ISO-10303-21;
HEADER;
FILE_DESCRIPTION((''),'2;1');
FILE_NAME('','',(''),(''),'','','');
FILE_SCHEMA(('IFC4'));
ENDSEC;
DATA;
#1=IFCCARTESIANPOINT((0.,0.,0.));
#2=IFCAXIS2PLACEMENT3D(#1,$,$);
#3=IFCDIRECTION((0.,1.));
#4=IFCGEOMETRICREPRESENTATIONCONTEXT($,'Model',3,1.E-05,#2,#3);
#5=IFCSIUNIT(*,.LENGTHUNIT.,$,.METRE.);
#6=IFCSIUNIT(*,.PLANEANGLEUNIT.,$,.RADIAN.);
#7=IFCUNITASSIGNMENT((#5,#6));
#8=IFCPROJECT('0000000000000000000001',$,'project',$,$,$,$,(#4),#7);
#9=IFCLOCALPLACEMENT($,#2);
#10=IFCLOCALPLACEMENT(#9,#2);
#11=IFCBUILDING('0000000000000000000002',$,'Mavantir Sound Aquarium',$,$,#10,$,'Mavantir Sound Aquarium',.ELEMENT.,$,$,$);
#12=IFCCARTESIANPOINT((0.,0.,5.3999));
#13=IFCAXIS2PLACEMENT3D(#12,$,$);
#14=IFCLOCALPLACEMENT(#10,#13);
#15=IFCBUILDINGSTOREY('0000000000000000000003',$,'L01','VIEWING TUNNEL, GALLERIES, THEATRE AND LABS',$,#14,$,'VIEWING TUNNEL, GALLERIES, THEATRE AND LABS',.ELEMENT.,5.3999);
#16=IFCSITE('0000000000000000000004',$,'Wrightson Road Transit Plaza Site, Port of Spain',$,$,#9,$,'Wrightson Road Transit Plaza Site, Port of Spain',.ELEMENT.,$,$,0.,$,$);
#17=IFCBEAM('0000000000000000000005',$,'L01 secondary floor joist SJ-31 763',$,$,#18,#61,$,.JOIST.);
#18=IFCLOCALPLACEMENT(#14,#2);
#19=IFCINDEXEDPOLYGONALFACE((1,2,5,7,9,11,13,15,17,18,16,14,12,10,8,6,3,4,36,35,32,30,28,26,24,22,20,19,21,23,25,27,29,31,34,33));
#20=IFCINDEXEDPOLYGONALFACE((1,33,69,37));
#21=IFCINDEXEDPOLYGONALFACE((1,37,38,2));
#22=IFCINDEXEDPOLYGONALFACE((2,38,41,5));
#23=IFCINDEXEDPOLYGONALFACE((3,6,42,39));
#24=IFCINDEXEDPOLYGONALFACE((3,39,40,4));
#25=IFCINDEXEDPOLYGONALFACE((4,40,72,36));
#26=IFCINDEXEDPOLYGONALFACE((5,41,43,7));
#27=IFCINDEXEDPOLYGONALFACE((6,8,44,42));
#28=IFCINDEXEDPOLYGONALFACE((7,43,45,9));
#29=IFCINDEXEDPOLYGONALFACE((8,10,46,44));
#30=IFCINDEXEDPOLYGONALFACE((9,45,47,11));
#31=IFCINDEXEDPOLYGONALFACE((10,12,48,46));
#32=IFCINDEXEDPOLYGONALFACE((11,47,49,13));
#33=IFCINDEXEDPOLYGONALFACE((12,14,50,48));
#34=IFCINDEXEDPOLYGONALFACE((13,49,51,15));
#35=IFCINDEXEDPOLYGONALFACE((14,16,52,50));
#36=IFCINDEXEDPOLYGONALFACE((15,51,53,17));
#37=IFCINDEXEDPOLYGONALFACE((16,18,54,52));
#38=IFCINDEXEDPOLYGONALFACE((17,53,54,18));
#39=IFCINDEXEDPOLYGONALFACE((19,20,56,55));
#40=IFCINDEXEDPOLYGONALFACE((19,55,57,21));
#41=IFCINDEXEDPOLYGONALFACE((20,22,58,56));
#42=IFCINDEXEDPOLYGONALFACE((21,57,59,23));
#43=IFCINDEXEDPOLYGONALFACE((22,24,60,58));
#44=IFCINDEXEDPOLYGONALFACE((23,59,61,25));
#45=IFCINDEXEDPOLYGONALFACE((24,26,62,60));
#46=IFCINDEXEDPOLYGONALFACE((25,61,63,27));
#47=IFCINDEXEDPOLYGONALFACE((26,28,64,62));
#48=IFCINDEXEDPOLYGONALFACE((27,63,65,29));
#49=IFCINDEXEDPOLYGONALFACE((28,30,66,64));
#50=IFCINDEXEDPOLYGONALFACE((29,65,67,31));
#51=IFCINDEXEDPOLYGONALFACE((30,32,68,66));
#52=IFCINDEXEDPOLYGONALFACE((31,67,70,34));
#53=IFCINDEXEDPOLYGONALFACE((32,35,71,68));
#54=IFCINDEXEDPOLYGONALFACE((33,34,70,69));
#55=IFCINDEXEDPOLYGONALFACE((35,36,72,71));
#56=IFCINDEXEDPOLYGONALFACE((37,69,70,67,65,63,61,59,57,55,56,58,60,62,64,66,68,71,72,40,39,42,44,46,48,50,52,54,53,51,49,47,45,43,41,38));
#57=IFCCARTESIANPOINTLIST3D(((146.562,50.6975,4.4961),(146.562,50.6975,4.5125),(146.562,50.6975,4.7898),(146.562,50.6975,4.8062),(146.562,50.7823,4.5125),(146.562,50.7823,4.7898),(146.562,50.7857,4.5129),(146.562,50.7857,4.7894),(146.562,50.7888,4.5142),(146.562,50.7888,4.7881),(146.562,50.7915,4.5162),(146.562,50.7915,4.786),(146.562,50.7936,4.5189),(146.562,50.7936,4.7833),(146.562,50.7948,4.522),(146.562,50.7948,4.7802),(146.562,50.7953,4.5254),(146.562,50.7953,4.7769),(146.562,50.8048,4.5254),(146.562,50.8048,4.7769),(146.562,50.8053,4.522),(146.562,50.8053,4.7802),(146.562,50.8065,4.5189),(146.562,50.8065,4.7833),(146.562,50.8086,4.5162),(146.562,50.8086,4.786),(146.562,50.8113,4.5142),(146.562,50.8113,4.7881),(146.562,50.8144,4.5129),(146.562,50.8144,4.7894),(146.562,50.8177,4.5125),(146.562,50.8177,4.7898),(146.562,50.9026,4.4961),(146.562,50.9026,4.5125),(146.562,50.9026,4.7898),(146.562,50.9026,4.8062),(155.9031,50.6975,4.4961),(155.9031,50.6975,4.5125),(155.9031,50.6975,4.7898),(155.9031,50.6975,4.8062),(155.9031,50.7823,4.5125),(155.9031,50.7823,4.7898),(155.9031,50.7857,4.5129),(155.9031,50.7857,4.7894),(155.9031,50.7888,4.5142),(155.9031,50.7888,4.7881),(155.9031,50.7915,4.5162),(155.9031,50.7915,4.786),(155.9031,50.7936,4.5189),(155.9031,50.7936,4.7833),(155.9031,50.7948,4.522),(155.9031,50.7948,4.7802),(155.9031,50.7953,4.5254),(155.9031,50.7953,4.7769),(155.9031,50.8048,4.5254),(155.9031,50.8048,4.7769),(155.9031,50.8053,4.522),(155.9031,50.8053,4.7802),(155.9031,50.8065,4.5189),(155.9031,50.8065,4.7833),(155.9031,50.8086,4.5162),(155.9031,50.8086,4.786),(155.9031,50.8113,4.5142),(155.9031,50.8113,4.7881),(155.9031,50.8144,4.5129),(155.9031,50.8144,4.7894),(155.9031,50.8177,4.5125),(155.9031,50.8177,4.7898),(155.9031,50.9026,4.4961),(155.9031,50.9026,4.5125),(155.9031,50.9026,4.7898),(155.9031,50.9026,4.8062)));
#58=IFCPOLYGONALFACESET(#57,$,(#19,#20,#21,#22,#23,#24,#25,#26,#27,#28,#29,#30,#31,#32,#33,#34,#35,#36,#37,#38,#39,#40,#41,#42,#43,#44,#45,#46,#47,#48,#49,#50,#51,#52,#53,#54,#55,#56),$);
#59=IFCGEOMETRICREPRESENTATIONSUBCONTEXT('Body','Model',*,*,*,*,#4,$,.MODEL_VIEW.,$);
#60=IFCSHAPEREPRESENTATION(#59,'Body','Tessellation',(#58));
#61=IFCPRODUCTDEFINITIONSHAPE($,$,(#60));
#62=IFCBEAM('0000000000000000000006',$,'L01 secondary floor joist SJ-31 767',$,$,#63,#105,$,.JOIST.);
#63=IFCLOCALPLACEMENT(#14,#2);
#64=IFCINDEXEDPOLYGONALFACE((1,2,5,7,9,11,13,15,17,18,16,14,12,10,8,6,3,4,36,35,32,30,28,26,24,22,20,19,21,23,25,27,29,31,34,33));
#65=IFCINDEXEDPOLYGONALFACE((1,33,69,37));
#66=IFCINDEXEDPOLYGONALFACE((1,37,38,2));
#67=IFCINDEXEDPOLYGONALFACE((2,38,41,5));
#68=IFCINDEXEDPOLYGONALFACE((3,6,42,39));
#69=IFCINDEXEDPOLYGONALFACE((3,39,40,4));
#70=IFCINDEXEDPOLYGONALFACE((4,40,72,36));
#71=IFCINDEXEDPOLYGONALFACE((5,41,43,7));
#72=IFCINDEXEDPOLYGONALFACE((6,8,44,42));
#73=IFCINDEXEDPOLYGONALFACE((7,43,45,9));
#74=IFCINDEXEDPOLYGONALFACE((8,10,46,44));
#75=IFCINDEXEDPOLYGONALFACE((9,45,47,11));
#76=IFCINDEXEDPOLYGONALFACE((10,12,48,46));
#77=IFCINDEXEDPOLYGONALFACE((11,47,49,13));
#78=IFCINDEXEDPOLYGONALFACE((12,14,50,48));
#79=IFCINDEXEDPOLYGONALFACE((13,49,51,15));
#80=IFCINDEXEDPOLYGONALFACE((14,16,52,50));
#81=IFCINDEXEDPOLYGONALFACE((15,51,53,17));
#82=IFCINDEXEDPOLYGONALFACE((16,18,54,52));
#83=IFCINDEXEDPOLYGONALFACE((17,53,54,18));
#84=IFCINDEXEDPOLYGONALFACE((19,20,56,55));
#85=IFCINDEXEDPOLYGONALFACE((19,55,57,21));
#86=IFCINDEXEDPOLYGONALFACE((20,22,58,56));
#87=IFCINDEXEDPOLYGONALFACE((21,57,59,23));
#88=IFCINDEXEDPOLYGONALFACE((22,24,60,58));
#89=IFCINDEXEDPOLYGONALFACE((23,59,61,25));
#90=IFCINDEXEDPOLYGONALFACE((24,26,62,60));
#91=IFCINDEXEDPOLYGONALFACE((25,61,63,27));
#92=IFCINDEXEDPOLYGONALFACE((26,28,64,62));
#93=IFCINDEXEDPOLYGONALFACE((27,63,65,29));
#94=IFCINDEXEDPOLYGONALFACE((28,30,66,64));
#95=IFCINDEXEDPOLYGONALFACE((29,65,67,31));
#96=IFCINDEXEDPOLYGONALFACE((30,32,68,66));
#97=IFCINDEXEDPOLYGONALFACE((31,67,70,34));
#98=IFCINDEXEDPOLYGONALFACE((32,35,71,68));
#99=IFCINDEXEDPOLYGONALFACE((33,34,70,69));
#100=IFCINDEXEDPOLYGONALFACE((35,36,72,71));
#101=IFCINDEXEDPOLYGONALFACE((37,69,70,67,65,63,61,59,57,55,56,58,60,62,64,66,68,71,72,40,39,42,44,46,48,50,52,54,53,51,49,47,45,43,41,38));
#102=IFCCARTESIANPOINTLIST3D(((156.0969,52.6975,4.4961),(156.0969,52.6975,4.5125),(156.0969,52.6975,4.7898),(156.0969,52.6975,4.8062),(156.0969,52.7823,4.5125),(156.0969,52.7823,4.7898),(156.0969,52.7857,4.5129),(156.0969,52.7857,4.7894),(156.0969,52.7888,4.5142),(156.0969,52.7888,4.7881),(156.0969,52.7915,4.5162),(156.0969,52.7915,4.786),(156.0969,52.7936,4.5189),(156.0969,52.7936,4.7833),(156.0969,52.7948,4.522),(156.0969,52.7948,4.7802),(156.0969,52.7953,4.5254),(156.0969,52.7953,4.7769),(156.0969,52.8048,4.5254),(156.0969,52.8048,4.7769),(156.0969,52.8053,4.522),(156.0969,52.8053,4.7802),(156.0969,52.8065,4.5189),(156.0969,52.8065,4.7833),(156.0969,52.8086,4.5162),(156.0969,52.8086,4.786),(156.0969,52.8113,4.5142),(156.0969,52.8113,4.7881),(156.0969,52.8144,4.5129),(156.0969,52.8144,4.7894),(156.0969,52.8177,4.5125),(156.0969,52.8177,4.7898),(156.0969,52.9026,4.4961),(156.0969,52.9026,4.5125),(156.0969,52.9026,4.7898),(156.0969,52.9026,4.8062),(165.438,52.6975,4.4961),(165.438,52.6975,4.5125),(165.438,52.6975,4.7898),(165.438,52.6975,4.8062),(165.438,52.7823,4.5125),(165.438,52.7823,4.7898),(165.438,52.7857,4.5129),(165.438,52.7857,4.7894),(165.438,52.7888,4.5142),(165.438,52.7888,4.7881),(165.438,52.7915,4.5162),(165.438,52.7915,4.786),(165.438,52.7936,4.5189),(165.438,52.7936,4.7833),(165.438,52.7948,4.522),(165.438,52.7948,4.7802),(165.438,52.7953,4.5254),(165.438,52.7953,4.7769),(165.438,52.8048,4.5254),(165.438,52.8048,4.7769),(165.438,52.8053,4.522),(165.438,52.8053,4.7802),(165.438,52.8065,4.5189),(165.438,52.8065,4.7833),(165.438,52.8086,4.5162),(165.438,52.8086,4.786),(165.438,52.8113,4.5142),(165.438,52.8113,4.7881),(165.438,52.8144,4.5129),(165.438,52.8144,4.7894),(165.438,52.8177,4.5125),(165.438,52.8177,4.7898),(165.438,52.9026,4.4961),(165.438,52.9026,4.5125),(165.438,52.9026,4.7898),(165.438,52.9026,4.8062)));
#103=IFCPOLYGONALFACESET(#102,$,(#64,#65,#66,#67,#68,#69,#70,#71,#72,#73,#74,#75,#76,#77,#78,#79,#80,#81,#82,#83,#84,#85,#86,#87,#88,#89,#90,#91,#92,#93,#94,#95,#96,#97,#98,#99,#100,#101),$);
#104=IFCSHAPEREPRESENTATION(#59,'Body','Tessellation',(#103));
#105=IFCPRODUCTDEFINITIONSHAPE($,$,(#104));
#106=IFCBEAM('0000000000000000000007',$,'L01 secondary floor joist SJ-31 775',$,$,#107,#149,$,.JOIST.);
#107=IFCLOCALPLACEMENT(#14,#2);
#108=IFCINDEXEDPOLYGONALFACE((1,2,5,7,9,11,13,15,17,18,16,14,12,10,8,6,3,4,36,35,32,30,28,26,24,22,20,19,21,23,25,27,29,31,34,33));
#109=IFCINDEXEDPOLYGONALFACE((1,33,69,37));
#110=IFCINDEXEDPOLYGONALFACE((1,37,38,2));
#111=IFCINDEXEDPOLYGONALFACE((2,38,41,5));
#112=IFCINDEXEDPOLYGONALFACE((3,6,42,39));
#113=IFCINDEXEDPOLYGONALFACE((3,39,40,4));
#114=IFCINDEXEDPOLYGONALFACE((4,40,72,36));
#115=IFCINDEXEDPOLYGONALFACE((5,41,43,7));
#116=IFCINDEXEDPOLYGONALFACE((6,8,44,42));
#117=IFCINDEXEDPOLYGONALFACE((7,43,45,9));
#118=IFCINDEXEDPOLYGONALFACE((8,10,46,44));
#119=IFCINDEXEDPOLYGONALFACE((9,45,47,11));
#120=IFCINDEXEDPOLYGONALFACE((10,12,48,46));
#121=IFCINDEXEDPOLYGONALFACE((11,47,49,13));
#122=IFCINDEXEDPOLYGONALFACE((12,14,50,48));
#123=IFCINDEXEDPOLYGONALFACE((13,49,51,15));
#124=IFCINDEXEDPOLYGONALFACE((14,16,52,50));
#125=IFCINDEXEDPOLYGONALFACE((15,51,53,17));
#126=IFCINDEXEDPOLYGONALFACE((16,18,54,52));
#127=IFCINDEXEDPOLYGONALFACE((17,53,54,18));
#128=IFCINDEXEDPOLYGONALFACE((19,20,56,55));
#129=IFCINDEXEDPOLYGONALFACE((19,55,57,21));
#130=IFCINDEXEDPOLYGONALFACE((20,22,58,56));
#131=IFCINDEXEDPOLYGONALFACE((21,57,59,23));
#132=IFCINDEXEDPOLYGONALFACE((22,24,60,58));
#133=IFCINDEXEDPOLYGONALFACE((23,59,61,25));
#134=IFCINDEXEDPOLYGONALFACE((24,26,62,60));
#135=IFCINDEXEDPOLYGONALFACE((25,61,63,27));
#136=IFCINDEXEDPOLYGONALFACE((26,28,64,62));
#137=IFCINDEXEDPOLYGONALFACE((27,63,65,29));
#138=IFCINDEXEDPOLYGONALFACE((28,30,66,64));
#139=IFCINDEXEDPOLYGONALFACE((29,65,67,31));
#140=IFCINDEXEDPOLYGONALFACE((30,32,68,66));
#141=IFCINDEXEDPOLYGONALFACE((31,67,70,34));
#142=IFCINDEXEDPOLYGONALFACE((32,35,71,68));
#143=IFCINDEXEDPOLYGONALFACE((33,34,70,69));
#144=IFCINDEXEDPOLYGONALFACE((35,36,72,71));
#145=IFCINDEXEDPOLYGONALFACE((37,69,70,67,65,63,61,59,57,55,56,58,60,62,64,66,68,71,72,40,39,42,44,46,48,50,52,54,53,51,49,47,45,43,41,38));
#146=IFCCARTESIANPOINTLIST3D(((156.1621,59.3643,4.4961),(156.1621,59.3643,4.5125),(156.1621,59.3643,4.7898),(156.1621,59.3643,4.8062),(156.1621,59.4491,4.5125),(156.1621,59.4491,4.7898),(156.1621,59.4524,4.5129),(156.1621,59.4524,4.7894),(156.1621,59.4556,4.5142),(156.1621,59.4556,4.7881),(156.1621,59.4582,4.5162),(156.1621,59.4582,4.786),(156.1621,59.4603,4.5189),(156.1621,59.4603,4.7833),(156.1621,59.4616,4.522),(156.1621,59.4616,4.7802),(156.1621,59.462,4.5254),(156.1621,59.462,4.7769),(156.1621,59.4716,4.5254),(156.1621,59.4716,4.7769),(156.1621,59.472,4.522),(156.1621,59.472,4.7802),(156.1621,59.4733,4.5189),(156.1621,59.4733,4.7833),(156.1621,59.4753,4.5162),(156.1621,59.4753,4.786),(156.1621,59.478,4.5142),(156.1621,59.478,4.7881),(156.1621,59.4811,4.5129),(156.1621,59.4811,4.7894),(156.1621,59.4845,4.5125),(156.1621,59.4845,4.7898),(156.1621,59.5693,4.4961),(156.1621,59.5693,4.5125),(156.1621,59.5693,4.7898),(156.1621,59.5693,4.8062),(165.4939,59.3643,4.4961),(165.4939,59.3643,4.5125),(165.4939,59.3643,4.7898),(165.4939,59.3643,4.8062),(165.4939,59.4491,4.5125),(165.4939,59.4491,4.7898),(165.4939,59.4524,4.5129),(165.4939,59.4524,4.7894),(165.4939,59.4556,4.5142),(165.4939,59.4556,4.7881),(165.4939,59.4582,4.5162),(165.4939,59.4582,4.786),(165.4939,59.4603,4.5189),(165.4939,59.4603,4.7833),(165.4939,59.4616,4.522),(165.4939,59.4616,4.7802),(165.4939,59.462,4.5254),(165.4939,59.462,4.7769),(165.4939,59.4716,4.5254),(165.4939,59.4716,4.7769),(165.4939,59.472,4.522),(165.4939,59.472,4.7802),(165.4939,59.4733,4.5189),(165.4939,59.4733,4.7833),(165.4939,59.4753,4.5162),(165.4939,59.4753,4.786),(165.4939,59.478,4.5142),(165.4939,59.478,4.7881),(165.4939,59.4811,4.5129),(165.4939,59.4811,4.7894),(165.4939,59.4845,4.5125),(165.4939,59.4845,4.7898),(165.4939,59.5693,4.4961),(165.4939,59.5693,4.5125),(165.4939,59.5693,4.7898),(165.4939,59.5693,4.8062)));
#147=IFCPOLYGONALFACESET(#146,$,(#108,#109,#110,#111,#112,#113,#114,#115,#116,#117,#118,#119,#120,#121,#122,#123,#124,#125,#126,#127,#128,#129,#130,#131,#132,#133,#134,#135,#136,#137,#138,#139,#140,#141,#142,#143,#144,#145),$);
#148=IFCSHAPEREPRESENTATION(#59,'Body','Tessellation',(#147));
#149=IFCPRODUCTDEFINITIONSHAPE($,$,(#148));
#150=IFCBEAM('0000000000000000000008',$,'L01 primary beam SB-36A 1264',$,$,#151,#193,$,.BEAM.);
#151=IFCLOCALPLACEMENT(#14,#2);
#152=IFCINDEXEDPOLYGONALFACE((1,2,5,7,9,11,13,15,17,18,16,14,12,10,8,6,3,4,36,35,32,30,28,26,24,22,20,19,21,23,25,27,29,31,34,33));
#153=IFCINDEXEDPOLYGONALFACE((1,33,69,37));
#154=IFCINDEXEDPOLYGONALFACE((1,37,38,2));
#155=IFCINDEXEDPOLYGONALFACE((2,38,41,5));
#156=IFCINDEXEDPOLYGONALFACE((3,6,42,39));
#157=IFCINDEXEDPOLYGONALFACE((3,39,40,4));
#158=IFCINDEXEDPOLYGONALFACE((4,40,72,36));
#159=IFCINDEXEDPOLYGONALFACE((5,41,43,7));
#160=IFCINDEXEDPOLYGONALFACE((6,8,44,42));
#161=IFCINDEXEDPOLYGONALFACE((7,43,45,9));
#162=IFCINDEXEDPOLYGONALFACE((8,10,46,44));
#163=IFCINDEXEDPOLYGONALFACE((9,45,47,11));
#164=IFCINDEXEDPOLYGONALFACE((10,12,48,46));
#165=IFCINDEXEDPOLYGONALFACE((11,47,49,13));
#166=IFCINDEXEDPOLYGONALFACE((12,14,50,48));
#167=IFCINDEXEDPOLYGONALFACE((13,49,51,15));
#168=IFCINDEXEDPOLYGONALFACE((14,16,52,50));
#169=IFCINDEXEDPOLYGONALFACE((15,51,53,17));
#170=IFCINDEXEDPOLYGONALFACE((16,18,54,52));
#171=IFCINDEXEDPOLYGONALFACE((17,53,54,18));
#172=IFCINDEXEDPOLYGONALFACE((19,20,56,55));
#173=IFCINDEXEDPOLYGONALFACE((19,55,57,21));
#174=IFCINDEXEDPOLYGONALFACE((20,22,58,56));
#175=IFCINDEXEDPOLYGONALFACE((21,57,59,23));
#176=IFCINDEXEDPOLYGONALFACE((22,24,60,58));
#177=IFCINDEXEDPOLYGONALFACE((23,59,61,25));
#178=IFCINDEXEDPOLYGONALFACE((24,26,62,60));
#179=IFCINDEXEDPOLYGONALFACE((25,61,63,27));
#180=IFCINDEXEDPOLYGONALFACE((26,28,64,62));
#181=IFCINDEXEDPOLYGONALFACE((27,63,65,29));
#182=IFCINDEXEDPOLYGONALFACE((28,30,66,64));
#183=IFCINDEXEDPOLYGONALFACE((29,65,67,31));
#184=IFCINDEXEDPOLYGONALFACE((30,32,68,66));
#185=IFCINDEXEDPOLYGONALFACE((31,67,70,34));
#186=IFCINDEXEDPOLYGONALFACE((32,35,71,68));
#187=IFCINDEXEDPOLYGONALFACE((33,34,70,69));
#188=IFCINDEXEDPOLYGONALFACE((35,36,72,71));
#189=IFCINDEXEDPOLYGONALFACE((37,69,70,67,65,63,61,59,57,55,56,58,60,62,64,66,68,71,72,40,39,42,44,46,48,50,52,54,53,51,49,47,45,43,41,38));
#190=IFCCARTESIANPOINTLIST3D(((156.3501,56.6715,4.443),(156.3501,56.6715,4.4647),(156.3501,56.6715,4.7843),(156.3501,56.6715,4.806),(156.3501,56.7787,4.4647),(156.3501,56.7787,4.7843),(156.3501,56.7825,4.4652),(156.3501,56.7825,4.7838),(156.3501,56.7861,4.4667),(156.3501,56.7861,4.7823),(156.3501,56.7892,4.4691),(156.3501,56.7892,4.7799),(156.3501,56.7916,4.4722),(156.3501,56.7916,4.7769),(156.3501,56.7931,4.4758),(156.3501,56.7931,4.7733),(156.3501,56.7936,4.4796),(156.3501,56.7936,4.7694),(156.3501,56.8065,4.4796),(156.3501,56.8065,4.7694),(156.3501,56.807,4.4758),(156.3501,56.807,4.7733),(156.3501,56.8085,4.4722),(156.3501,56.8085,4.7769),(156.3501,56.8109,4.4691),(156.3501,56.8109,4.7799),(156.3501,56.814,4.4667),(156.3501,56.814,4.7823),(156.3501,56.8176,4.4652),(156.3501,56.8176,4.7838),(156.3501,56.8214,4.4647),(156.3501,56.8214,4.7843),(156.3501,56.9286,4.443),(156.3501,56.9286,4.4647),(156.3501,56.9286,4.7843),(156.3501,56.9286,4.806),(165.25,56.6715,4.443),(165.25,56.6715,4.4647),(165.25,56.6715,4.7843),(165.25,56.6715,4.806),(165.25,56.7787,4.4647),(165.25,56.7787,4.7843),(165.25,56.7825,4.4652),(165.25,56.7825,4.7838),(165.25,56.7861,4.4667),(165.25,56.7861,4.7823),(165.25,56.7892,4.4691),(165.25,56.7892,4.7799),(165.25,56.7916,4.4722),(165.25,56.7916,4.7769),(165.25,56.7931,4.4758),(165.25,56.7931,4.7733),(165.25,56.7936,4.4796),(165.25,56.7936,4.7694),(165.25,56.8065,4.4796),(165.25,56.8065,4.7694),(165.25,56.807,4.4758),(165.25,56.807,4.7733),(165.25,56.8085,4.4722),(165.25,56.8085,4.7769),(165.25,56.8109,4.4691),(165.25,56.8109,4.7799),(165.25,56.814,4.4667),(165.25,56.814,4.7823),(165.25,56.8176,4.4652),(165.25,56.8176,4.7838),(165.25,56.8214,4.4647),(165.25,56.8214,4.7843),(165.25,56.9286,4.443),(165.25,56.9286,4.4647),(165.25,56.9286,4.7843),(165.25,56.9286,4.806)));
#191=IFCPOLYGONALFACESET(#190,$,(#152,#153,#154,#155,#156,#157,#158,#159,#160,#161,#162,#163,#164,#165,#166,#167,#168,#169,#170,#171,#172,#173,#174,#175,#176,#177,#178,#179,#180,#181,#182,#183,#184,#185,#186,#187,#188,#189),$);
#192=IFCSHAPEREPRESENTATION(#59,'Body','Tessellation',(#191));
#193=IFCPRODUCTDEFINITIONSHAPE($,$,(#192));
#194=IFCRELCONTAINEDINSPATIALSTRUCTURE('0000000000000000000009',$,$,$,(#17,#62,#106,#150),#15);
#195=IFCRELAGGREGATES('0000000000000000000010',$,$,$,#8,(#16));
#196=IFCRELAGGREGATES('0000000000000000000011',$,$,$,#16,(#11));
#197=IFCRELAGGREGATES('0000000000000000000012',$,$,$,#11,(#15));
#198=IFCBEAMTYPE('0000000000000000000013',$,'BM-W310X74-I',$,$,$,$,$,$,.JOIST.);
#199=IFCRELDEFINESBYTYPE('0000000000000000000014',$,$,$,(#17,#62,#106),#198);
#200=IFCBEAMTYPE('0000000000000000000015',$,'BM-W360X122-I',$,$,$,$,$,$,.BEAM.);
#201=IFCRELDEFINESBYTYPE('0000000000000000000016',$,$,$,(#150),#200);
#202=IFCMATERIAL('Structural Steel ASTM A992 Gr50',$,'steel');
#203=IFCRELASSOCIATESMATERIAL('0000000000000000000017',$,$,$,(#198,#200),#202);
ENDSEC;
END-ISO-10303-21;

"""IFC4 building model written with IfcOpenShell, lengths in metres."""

from ifc_helpers import new_model, si_unit, direction, frame, origin, origin_2d, place, context, subcontext, project, spatial, i_section, extrude, material, material_profile, profile_set, type_object, element, save


model = new_model("IFC4")

# Units and contexts
model_context = context("Model", 3, precision=1e-05, world=origin(), true_north=direction((0.0, 1.0)))
body_context = subcontext(model_context, "Body", "Model", "MODEL_VIEW")
ifc_project = project(units=[si_unit("LENGTHUNIT", "METRE"), si_unit("PLANEANGLEUNIT", "RADIAN")], contexts=[model_context])

# Site, building, storey
site_placement = place(None, origin())
site = spatial("IfcSite", under=ifc_project, at=site_placement, Name="Wrightson Road Transit Plaza Site, Port of Spain", LongName="Wrightson Road Transit Plaza Site, Port of Spain", CompositionType="ELEMENT", RefElevation=0.0)
building_placement = place(site_placement, origin())
building = spatial("IfcBuilding", under=site, at=building_placement, Name="Mavantir Sound Aquarium", LongName="Mavantir Sound Aquarium", CompositionType="ELEMENT")
storey_placement = place(building_placement, frame((0.0, 0.0, 5.3999)))
storey = spatial("IfcBuildingStorey", under=building, at=storey_placement, Name="L01", Description="VIEWING TUNNEL, GALLERIES, THEATRE AND LABS", LongName="VIEWING TUNNEL, GALLERIES, THEATRE AND LABS", CompositionType="ELEMENT", Elevation=5.3999)

# Beams
ifc_material_1 = material(Name="Structural Steel ASTM A992 Gr50", Category="steel")
ifc_material_profile_1 = material_profile(ifc_material_1, i_section(OverallWidth=0.2051, OverallDepth=0.3101, WebThickness=0.0095, FlangeThickness=0.0164, FilletRadius=0.0129, at=origin_2d()), Name="W310X74")
ifc_profile_set_1 = profile_set([ifc_material_profile_1], Name="Structural Steel ASTM A992 Gr50")
beam_type_1 = type_object("IfcBeamType", Name="BM-W310X74-I", PredefinedType="JOIST", material=ifc_profile_set_1)
for number, where, z_axis, x_axis, name in (
    (1, (146.562, 50.8, 4.6511), (1.0, 0.0, 0.0), (0.0, 1.0, 0.0), "L01 secondary floor joist SJ-31 763"),
    (2, (156.0969, 52.8, 4.6511), (1.0, 0.0, 0.0), (0.0, 1.0, 0.0), "L01 secondary floor joist SJ-31 767"),
):
    element("IfcBeam", number, at=place(storey_placement, frame(where, z_axis=z_axis, x_axis=x_axis)), inside=storey, type_object=beam_type_1, Name=name, PredefinedType="JOIST", context=body_context, shape_type="SweptSolid", body=[
        extrude(i_section(OverallWidth=0.2051, OverallDepth=0.3101, WebThickness=0.0095, FlangeThickness=0.0164, FilletRadius=0.0129, at=origin_2d()), origin(), (0.0, 0.0, 1.0), 9.3411),
    ])
beam_1_placement = place(storey_placement, frame((156.1621, 59.4668, 4.6511), z_axis=(1.0, 0.0, 0.0), x_axis=(0.0, 1.0, 0.0)))
element("IfcBeam", 3, at=beam_1_placement, inside=storey, type_object=beam_type_1, Name="L01 secondary floor joist SJ-31 775", PredefinedType="JOIST", context=body_context, shape_type="SweptSolid", body=[
    extrude(i_section(OverallWidth=0.2051, OverallDepth=0.3101, WebThickness=0.0095, FlangeThickness=0.0164, FilletRadius=0.0129, at=origin_2d()), origin(), (0.0, 0.0, 1.0), 9.3318),
])
ifc_material_profile_2 = material_profile(ifc_material_1, i_section(OverallWidth=0.2571, OverallDepth=0.363, WebThickness=0.0129, FlangeThickness=0.0217, FilletRadius=0.0149, at=origin_2d()), Name="W360X122")
ifc_profile_set_2 = profile_set([ifc_material_profile_2], Name="Structural Steel ASTM A992 Gr50")
beam_type_2 = type_object("IfcBeamType", Name="BM-W360X122-I", PredefinedType="BEAM", material=ifc_profile_set_2)
beam_2_placement = place(storey_placement, frame((156.3501, 56.8, 4.6245), z_axis=(1.0, 0.0, 0.0), x_axis=(0.0, 1.0, 0.0)))
element("IfcBeam", 4, at=beam_2_placement, inside=storey, type_object=beam_type_2, Name="L01 primary beam SB-36A 1264", PredefinedType="BEAM", context=body_context, shape_type="SweptSolid", body=[
    extrude(i_section(OverallWidth=0.2571, OverallDepth=0.363, WebThickness=0.0129, FlangeThickness=0.0217, FilletRadius=0.0149, at=origin_2d()), origin(), (0.0, 0.0, 1.0), 8.8999),
])

save(model, "model.ifc")
